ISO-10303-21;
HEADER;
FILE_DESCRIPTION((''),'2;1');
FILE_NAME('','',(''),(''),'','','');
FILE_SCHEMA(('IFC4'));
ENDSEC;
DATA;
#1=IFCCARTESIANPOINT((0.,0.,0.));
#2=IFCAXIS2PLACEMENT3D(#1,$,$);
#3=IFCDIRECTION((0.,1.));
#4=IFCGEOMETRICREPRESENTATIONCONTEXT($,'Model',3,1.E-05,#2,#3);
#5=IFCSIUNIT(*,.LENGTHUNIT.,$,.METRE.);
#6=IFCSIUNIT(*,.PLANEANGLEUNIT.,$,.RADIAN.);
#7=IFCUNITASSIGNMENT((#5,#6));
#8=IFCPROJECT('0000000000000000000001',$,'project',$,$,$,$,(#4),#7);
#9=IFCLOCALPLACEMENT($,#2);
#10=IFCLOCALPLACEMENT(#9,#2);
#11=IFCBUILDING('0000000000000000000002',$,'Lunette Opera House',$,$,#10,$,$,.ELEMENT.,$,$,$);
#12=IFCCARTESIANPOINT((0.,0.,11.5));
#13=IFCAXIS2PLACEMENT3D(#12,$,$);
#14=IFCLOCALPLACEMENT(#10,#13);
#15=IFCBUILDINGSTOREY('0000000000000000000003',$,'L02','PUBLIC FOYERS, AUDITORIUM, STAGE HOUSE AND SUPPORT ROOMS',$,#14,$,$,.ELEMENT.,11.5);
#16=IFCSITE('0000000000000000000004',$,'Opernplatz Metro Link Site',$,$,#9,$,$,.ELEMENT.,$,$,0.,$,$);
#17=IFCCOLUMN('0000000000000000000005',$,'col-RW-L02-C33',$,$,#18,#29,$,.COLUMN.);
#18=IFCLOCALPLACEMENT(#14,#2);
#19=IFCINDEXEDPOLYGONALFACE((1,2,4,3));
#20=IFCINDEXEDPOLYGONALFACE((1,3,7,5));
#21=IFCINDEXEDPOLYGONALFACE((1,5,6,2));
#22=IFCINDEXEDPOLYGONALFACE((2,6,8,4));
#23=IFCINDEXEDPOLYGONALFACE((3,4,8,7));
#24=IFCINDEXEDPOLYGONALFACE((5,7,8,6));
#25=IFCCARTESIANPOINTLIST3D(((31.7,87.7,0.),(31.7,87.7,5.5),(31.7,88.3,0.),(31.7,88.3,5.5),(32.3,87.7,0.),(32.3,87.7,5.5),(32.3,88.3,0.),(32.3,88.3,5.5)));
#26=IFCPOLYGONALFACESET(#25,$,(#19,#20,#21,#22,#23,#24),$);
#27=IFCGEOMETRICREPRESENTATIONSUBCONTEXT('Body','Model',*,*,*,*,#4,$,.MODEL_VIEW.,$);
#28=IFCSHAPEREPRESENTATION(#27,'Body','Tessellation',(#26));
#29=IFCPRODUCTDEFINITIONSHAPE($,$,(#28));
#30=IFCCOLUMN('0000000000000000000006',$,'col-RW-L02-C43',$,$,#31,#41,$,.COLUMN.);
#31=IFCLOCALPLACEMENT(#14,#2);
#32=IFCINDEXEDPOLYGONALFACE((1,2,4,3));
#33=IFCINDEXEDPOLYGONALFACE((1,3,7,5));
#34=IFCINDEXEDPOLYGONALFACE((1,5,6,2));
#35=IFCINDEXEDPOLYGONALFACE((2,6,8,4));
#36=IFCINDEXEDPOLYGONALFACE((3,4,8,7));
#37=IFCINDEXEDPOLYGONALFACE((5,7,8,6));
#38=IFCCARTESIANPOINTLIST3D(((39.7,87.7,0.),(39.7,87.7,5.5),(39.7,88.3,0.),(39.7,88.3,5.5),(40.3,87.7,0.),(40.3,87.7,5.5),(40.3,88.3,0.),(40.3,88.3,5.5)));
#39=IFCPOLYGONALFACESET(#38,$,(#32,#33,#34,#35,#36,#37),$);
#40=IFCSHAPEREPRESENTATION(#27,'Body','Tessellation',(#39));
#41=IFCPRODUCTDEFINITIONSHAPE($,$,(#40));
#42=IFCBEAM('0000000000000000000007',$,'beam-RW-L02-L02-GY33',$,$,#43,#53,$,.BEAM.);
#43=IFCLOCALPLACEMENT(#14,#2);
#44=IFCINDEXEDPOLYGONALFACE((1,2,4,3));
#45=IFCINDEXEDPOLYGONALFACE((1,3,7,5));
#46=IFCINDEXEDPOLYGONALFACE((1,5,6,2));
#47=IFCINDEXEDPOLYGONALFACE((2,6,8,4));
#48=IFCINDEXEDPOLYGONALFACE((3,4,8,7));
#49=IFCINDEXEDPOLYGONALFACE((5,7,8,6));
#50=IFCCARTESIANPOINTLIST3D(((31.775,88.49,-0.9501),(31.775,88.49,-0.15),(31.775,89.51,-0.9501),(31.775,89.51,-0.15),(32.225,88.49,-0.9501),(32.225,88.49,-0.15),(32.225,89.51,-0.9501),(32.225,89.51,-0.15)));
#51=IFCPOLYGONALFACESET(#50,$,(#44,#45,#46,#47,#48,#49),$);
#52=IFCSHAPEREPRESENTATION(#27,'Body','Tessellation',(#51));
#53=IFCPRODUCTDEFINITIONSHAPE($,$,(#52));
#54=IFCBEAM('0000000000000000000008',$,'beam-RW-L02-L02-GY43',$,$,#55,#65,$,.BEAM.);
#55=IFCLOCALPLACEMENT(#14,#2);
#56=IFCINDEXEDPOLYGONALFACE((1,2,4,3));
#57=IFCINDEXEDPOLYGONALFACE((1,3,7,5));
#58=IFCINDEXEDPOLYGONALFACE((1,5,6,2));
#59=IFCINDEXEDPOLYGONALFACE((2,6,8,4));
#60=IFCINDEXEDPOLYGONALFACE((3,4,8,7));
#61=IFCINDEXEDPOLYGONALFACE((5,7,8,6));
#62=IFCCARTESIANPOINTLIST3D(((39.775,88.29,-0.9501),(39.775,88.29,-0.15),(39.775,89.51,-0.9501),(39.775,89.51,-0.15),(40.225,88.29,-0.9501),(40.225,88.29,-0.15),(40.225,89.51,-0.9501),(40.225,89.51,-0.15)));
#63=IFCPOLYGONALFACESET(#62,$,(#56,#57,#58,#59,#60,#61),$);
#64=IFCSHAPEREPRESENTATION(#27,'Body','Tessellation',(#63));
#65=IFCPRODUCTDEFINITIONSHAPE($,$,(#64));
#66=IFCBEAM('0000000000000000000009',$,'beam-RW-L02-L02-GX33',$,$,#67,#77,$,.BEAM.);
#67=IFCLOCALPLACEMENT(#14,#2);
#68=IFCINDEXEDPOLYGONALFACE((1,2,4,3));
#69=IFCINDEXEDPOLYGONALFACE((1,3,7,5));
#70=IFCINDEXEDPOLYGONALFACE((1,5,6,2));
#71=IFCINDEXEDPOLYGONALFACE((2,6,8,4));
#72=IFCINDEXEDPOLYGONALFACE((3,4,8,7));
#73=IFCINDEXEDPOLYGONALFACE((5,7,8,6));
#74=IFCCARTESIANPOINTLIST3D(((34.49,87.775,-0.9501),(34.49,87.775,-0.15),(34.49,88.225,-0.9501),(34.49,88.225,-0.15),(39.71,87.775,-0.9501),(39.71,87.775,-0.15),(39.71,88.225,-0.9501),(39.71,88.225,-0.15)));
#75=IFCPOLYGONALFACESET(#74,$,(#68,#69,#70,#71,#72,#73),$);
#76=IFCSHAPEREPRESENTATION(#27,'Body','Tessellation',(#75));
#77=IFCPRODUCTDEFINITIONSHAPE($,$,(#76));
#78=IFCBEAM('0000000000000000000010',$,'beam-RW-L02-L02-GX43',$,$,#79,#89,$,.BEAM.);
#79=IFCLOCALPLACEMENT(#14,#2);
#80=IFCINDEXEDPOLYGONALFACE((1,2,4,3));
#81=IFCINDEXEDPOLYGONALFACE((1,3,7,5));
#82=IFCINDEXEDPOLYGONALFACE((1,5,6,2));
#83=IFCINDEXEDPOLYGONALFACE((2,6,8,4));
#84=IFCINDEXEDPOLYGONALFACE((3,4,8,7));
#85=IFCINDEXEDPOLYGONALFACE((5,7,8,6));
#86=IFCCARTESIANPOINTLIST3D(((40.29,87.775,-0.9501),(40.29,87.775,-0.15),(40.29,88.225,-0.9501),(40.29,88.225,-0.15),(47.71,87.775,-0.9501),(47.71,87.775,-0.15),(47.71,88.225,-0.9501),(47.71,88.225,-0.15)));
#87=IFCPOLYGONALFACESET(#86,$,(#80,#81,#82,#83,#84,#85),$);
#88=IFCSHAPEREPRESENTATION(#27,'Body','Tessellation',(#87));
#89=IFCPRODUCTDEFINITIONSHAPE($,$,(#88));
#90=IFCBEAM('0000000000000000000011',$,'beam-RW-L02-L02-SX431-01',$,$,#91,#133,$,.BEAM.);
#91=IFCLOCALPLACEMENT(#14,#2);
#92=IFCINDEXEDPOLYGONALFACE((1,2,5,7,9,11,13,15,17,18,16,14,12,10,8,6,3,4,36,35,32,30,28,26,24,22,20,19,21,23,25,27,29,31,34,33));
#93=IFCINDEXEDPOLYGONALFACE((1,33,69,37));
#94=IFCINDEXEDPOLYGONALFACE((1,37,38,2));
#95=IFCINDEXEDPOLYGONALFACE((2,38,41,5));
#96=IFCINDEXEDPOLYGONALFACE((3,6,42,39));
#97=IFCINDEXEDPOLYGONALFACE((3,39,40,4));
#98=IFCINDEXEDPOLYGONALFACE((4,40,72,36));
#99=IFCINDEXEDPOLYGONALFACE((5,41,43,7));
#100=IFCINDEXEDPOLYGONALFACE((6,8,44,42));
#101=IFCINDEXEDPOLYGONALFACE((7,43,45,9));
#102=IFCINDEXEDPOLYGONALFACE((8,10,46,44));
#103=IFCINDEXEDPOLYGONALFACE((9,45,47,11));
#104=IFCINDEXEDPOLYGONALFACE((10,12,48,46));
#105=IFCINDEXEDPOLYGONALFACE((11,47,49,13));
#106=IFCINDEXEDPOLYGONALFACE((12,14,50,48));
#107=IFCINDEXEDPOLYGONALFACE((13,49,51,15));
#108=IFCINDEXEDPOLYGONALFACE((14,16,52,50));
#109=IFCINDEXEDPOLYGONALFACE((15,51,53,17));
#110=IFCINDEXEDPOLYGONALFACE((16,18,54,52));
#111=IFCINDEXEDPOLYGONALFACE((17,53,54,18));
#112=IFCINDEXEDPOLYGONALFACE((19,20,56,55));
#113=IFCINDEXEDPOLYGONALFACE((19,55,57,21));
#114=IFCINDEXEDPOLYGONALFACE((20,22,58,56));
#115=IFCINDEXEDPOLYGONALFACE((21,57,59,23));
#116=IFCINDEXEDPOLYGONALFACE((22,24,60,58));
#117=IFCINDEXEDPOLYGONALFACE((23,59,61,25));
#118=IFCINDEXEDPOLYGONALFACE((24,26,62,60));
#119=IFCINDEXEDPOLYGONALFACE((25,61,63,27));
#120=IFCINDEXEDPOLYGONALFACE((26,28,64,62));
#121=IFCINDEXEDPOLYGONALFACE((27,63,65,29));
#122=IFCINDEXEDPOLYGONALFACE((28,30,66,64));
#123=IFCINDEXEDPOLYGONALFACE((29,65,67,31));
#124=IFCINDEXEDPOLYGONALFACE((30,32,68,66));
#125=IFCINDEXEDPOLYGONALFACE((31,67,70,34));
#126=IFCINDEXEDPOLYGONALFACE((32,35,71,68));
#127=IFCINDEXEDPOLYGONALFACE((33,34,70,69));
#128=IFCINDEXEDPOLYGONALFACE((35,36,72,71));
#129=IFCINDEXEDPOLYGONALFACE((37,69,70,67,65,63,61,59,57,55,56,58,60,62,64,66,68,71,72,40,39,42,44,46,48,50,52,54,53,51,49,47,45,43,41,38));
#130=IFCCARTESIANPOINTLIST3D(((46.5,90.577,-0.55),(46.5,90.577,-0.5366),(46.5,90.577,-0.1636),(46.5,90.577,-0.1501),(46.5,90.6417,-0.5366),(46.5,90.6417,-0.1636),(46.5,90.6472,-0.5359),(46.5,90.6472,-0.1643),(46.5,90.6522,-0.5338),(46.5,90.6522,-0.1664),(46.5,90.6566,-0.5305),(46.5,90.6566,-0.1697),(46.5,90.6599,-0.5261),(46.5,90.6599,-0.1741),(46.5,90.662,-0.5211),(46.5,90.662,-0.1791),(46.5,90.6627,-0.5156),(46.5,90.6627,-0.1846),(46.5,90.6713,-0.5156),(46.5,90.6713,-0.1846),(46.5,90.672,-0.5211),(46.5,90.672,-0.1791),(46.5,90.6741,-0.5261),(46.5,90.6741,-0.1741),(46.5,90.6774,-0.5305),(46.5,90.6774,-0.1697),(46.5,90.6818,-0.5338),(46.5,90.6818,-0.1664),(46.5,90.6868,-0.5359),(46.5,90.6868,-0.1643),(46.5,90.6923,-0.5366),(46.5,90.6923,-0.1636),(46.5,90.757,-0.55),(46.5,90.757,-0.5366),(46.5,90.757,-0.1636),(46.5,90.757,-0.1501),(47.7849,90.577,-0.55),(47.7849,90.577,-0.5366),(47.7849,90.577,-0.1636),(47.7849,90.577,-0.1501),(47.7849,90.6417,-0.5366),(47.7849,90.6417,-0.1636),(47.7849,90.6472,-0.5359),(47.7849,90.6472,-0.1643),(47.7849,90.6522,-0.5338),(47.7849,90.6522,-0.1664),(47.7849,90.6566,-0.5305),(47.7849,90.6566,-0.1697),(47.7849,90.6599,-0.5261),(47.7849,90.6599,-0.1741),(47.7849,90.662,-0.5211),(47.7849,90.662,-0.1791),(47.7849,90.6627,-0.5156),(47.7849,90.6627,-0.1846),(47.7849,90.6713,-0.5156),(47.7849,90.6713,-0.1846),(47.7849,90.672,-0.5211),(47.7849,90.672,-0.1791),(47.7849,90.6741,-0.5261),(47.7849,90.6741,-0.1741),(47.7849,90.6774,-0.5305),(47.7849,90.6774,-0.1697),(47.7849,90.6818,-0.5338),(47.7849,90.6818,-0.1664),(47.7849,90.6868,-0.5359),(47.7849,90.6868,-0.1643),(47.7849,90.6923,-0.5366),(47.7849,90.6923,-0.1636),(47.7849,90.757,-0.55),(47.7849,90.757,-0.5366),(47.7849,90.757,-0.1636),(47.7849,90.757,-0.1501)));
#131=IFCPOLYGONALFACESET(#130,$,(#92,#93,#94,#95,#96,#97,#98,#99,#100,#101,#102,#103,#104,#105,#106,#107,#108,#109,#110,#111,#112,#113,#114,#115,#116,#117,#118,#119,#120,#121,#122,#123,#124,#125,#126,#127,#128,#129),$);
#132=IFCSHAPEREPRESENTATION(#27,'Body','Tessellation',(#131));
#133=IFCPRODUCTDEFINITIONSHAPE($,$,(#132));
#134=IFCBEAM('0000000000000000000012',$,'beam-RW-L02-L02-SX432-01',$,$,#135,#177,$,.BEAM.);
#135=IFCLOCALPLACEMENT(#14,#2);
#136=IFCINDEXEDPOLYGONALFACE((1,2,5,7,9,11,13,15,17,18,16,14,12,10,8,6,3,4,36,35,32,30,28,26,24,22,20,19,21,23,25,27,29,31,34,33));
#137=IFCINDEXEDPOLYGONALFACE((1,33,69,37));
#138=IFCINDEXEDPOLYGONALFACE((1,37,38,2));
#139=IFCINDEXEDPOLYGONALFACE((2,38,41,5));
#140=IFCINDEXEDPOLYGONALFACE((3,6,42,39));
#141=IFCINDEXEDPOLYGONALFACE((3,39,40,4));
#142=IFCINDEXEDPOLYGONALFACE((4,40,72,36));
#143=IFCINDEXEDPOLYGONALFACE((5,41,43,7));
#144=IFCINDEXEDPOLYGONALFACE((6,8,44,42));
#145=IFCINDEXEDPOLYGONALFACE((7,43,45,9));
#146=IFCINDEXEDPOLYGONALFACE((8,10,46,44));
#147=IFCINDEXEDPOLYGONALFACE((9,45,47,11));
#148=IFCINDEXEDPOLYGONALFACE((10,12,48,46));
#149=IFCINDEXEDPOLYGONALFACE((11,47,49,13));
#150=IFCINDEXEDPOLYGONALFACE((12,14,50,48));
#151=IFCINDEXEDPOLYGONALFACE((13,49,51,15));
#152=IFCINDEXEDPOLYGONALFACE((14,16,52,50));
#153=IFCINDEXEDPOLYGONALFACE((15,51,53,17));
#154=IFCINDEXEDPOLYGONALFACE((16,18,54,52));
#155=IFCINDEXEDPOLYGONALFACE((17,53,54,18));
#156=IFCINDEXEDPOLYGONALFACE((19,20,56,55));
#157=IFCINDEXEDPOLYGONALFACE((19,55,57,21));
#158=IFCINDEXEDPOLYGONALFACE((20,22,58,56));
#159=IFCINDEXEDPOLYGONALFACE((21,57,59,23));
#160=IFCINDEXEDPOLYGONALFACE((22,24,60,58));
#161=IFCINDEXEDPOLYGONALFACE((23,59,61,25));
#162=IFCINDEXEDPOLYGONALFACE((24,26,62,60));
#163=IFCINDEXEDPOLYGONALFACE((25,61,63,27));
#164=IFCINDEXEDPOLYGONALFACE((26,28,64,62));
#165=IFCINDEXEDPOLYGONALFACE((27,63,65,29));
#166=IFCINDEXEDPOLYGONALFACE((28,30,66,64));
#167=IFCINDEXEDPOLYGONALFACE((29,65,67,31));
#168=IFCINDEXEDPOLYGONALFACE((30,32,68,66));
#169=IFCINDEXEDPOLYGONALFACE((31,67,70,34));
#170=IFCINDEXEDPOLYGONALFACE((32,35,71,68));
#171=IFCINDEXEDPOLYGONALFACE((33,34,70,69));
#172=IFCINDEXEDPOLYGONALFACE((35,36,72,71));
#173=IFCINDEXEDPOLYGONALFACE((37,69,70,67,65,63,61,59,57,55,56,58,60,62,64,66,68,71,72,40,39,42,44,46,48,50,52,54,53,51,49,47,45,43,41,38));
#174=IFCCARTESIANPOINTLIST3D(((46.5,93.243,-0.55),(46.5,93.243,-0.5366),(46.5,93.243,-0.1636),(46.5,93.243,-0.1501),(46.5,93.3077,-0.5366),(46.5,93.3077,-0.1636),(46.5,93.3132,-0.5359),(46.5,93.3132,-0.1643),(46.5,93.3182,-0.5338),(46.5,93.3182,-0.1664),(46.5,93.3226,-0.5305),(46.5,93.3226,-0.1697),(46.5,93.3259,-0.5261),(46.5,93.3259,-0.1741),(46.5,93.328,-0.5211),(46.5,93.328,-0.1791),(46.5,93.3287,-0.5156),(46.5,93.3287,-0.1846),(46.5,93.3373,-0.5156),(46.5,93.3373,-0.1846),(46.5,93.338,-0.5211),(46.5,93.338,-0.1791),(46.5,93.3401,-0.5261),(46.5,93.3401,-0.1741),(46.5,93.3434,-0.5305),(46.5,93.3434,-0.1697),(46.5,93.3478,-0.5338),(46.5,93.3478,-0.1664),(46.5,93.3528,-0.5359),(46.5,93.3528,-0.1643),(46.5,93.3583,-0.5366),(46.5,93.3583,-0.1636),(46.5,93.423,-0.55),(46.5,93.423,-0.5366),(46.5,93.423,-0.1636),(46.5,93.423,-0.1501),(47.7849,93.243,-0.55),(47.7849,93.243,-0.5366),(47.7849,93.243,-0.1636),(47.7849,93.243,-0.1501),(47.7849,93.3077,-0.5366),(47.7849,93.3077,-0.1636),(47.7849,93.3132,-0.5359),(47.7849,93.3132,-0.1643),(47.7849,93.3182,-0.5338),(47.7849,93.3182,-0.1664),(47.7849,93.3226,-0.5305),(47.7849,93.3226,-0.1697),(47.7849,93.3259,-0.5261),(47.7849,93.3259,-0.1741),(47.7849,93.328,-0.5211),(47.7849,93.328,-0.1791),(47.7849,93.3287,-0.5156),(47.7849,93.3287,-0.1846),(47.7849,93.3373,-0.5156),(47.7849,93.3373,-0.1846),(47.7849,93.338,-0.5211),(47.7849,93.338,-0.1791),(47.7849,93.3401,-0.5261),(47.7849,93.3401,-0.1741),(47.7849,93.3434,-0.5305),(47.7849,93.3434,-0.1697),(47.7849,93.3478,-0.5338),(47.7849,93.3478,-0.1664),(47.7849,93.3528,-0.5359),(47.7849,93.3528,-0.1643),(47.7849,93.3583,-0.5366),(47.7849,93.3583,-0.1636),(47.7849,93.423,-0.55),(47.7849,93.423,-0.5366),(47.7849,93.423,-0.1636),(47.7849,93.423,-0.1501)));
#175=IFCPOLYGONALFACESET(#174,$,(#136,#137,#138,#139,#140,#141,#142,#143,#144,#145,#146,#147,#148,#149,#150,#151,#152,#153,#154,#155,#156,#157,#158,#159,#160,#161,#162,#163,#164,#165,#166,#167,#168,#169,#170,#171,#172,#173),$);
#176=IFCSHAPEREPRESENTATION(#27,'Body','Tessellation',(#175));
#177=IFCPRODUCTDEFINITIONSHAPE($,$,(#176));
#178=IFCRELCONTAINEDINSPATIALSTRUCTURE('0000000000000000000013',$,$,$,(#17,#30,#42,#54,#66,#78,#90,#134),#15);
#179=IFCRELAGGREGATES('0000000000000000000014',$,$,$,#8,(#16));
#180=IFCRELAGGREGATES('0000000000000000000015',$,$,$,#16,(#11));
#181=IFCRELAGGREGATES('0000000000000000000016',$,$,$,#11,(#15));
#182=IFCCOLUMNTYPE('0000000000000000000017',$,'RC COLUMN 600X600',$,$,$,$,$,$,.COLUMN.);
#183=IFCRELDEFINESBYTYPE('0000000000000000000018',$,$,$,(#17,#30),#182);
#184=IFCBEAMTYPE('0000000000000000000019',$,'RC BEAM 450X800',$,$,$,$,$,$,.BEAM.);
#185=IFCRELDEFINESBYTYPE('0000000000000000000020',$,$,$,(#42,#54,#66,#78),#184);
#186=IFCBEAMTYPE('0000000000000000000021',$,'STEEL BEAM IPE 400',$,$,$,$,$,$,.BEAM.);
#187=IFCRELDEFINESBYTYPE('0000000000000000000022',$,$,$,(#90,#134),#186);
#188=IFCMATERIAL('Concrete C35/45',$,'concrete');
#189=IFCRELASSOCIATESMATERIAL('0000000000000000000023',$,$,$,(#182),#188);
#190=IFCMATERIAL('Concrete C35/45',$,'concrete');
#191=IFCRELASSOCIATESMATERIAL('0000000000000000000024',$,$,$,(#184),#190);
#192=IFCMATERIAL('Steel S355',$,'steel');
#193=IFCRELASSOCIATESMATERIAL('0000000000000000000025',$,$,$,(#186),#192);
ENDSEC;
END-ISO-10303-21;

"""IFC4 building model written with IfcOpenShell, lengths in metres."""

from ifc_helpers import new_model, si_unit, direction, frame, origin, origin_2d, place, context, subcontext, project, spatial, rectangle, i_section, extrude, material, material_profile, profile_set, type_object, element, save


model = new_model("IFC4")

# Units and contexts
model_context = context("Model", 3, precision=1e-05, world=origin(), true_north=direction((0.0, 1.0)))
body_context = subcontext(model_context, "Body", "Model", "MODEL_VIEW")
ifc_project = project(units=[si_unit("LENGTHUNIT", "METRE"), si_unit("PLANEANGLEUNIT", "RADIAN")], contexts=[model_context])

# Site, building, storey
site_placement = place(None, origin())
site = spatial("IfcSite", under=ifc_project, at=site_placement, Name="Opernplatz Metro Link Site", CompositionType="ELEMENT", RefElevation=0.0)
building_placement = place(site_placement, origin())
building = spatial("IfcBuilding", under=site, at=building_placement, Name="Lunette Opera House", CompositionType="ELEMENT")
storey_placement = place(building_placement, frame((0.0, 0.0, 11.5)))
storey = spatial("IfcBuildingStorey", under=building, at=storey_placement, Name="L02", Description="PUBLIC FOYERS, AUDITORIUM, STAGE HOUSE AND SUPPORT ROOMS", CompositionType="ELEMENT", Elevation=11.5)

# Columns
ifc_material_1 = material(Name="Concrete C35/45", Category="concrete")
ifc_material_profile_1 = material_profile(ifc_material_1, rectangle(XDim=0.6001, YDim=0.6001, at=origin_2d()), Name="RC COLUMN 600X600")
ifc_profile_set_1 = profile_set([ifc_material_profile_1], Name="Concrete C35/45")
column_type = type_object("IfcColumnType", Name="RC COLUMN 600X600", PredefinedType="COLUMN", material=ifc_profile_set_1)
for number, where, z_axis, x_axis, name in (
    (1, (32.0, 88.0, 0.0), (0.0, 0.0, 1.0), (1.0, 0.0, 0.0), "col-RW-L02-C33"),
    (2, (40.0, 88.0, 0.0), (0.0, 0.0, 1.0), (1.0, 0.0, 0.0), "col-RW-L02-C43"),
):
    element("IfcColumn", number, at=place(storey_placement, frame(where, z_axis=z_axis, x_axis=x_axis)), inside=storey, type_object=column_type, Name=name, PredefinedType="COLUMN", context=body_context, shape_type="SweptSolid", body=[
        extrude(rectangle(XDim=0.6001, YDim=0.6001, at=origin_2d()), origin(), (0.0, 0.0, 1.0), 5.5),
    ])

# Beams
ifc_material_2 = material(Name="Concrete C35/45", Category="concrete")
ifc_material_profile_2 = material_profile(ifc_material_2, rectangle(XDim=0.45, YDim=0.8, at=origin_2d()), Name="RC BEAM 450X800")
ifc_profile_set_2 = profile_set([ifc_material_profile_2], Name="Concrete C35/45")
beam_type_1 = type_object("IfcBeamType", Name="RC BEAM 450X800", PredefinedType="BEAM", material=ifc_profile_set_2)
beam_1_placement = place(storey_placement, frame((32.0, 88.49, -0.55), z_axis=(0.0, 1.0, 0.0), x_axis=(-1.0, 0.0, 0.0)))
element("IfcBeam", 3, at=beam_1_placement, inside=storey, type_object=beam_type_1, Name="beam-RW-L02-L02-GY33", PredefinedType="BEAM", context=body_context, shape_type="SweptSolid", body=[
    extrude(rectangle(XDim=0.45, YDim=0.8, at=origin_2d()), origin(), (0.0, 0.0, 1.0), 1.02),
])
beam_2_placement = place(storey_placement, frame((40.0, 88.29, -0.55), z_axis=(0.0, 1.0, 0.0), x_axis=(-1.0, 0.0, 0.0)))
element("IfcBeam", 4, at=beam_2_placement, inside=storey, type_object=beam_type_1, Name="beam-RW-L02-L02-GY43", PredefinedType="BEAM", context=body_context, shape_type="SweptSolid", body=[
    extrude(rectangle(XDim=0.45, YDim=0.8, at=origin_2d()), origin(), (0.0, 0.0, 1.0), 1.22),
])
beam_3_placement = place(storey_placement, frame((34.49, 88.0, -0.55), z_axis=(1.0, 0.0, 0.0), x_axis=(0.0, 1.0, 0.0)))
element("IfcBeam", 5, at=beam_3_placement, inside=storey, type_object=beam_type_1, Name="beam-RW-L02-L02-GX33", PredefinedType="BEAM", context=body_context, shape_type="SweptSolid", body=[
    extrude(rectangle(XDim=0.45, YDim=0.8, at=origin_2d()), origin(), (0.0, 0.0, 1.0), 5.22),
])
beam_4_placement = place(storey_placement, frame((40.29, 88.0, -0.55), z_axis=(1.0, 0.0, 0.0), x_axis=(0.0, 1.0, 0.0)))
element("IfcBeam", 6, at=beam_4_placement, inside=storey, type_object=beam_type_1, Name="beam-RW-L02-L02-GX43", PredefinedType="BEAM", context=body_context, shape_type="SweptSolid", body=[
    extrude(rectangle(XDim=0.45, YDim=0.8, at=origin_2d()), origin(), (0.0, 0.0, 1.0), 7.4199),
])
ifc_material_3 = material(Name="Steel S355", Category="steel")
ifc_material_profile_3 = material_profile(ifc_material_3, i_section(OverallWidth=0.1799, OverallDepth=0.3999, WebThickness=0.0085, FlangeThickness=0.0134, FilletRadius=0.021, at=origin_2d()), Name="IPE 400")
ifc_profile_set_3 = profile_set([ifc_material_profile_3], Name="Steel S355")
beam_type_2 = type_object("IfcBeamType", Name="STEEL BEAM IPE 400", PredefinedType="BEAM", material=ifc_profile_set_3)
for number, where, z_axis, x_axis, name in (
    (7, (46.5, 90.667, -0.3501), (1.0, 0.0, 0.0), (0.0, 1.0, 0.0), "beam-RW-L02-L02-SX431-01"),
    (8, (46.5, 93.333, -0.3501), (1.0, 0.0, 0.0), (0.0, 1.0, 0.0), "beam-RW-L02-L02-SX432-01"),
):
    element("IfcBeam", number, at=place(storey_placement, frame(where, z_axis=z_axis, x_axis=x_axis)), inside=storey, type_object=beam_type_2, Name=name, PredefinedType="BEAM", context=body_context, shape_type="SweptSolid", body=[
        extrude(i_section(OverallWidth=0.1799, OverallDepth=0.3999, WebThickness=0.0085, FlangeThickness=0.0134, FilletRadius=0.021, at=origin_2d()), origin(), (0.0, 0.0, 1.0), 1.2849),
    ])

save(model, "model.ifc")
